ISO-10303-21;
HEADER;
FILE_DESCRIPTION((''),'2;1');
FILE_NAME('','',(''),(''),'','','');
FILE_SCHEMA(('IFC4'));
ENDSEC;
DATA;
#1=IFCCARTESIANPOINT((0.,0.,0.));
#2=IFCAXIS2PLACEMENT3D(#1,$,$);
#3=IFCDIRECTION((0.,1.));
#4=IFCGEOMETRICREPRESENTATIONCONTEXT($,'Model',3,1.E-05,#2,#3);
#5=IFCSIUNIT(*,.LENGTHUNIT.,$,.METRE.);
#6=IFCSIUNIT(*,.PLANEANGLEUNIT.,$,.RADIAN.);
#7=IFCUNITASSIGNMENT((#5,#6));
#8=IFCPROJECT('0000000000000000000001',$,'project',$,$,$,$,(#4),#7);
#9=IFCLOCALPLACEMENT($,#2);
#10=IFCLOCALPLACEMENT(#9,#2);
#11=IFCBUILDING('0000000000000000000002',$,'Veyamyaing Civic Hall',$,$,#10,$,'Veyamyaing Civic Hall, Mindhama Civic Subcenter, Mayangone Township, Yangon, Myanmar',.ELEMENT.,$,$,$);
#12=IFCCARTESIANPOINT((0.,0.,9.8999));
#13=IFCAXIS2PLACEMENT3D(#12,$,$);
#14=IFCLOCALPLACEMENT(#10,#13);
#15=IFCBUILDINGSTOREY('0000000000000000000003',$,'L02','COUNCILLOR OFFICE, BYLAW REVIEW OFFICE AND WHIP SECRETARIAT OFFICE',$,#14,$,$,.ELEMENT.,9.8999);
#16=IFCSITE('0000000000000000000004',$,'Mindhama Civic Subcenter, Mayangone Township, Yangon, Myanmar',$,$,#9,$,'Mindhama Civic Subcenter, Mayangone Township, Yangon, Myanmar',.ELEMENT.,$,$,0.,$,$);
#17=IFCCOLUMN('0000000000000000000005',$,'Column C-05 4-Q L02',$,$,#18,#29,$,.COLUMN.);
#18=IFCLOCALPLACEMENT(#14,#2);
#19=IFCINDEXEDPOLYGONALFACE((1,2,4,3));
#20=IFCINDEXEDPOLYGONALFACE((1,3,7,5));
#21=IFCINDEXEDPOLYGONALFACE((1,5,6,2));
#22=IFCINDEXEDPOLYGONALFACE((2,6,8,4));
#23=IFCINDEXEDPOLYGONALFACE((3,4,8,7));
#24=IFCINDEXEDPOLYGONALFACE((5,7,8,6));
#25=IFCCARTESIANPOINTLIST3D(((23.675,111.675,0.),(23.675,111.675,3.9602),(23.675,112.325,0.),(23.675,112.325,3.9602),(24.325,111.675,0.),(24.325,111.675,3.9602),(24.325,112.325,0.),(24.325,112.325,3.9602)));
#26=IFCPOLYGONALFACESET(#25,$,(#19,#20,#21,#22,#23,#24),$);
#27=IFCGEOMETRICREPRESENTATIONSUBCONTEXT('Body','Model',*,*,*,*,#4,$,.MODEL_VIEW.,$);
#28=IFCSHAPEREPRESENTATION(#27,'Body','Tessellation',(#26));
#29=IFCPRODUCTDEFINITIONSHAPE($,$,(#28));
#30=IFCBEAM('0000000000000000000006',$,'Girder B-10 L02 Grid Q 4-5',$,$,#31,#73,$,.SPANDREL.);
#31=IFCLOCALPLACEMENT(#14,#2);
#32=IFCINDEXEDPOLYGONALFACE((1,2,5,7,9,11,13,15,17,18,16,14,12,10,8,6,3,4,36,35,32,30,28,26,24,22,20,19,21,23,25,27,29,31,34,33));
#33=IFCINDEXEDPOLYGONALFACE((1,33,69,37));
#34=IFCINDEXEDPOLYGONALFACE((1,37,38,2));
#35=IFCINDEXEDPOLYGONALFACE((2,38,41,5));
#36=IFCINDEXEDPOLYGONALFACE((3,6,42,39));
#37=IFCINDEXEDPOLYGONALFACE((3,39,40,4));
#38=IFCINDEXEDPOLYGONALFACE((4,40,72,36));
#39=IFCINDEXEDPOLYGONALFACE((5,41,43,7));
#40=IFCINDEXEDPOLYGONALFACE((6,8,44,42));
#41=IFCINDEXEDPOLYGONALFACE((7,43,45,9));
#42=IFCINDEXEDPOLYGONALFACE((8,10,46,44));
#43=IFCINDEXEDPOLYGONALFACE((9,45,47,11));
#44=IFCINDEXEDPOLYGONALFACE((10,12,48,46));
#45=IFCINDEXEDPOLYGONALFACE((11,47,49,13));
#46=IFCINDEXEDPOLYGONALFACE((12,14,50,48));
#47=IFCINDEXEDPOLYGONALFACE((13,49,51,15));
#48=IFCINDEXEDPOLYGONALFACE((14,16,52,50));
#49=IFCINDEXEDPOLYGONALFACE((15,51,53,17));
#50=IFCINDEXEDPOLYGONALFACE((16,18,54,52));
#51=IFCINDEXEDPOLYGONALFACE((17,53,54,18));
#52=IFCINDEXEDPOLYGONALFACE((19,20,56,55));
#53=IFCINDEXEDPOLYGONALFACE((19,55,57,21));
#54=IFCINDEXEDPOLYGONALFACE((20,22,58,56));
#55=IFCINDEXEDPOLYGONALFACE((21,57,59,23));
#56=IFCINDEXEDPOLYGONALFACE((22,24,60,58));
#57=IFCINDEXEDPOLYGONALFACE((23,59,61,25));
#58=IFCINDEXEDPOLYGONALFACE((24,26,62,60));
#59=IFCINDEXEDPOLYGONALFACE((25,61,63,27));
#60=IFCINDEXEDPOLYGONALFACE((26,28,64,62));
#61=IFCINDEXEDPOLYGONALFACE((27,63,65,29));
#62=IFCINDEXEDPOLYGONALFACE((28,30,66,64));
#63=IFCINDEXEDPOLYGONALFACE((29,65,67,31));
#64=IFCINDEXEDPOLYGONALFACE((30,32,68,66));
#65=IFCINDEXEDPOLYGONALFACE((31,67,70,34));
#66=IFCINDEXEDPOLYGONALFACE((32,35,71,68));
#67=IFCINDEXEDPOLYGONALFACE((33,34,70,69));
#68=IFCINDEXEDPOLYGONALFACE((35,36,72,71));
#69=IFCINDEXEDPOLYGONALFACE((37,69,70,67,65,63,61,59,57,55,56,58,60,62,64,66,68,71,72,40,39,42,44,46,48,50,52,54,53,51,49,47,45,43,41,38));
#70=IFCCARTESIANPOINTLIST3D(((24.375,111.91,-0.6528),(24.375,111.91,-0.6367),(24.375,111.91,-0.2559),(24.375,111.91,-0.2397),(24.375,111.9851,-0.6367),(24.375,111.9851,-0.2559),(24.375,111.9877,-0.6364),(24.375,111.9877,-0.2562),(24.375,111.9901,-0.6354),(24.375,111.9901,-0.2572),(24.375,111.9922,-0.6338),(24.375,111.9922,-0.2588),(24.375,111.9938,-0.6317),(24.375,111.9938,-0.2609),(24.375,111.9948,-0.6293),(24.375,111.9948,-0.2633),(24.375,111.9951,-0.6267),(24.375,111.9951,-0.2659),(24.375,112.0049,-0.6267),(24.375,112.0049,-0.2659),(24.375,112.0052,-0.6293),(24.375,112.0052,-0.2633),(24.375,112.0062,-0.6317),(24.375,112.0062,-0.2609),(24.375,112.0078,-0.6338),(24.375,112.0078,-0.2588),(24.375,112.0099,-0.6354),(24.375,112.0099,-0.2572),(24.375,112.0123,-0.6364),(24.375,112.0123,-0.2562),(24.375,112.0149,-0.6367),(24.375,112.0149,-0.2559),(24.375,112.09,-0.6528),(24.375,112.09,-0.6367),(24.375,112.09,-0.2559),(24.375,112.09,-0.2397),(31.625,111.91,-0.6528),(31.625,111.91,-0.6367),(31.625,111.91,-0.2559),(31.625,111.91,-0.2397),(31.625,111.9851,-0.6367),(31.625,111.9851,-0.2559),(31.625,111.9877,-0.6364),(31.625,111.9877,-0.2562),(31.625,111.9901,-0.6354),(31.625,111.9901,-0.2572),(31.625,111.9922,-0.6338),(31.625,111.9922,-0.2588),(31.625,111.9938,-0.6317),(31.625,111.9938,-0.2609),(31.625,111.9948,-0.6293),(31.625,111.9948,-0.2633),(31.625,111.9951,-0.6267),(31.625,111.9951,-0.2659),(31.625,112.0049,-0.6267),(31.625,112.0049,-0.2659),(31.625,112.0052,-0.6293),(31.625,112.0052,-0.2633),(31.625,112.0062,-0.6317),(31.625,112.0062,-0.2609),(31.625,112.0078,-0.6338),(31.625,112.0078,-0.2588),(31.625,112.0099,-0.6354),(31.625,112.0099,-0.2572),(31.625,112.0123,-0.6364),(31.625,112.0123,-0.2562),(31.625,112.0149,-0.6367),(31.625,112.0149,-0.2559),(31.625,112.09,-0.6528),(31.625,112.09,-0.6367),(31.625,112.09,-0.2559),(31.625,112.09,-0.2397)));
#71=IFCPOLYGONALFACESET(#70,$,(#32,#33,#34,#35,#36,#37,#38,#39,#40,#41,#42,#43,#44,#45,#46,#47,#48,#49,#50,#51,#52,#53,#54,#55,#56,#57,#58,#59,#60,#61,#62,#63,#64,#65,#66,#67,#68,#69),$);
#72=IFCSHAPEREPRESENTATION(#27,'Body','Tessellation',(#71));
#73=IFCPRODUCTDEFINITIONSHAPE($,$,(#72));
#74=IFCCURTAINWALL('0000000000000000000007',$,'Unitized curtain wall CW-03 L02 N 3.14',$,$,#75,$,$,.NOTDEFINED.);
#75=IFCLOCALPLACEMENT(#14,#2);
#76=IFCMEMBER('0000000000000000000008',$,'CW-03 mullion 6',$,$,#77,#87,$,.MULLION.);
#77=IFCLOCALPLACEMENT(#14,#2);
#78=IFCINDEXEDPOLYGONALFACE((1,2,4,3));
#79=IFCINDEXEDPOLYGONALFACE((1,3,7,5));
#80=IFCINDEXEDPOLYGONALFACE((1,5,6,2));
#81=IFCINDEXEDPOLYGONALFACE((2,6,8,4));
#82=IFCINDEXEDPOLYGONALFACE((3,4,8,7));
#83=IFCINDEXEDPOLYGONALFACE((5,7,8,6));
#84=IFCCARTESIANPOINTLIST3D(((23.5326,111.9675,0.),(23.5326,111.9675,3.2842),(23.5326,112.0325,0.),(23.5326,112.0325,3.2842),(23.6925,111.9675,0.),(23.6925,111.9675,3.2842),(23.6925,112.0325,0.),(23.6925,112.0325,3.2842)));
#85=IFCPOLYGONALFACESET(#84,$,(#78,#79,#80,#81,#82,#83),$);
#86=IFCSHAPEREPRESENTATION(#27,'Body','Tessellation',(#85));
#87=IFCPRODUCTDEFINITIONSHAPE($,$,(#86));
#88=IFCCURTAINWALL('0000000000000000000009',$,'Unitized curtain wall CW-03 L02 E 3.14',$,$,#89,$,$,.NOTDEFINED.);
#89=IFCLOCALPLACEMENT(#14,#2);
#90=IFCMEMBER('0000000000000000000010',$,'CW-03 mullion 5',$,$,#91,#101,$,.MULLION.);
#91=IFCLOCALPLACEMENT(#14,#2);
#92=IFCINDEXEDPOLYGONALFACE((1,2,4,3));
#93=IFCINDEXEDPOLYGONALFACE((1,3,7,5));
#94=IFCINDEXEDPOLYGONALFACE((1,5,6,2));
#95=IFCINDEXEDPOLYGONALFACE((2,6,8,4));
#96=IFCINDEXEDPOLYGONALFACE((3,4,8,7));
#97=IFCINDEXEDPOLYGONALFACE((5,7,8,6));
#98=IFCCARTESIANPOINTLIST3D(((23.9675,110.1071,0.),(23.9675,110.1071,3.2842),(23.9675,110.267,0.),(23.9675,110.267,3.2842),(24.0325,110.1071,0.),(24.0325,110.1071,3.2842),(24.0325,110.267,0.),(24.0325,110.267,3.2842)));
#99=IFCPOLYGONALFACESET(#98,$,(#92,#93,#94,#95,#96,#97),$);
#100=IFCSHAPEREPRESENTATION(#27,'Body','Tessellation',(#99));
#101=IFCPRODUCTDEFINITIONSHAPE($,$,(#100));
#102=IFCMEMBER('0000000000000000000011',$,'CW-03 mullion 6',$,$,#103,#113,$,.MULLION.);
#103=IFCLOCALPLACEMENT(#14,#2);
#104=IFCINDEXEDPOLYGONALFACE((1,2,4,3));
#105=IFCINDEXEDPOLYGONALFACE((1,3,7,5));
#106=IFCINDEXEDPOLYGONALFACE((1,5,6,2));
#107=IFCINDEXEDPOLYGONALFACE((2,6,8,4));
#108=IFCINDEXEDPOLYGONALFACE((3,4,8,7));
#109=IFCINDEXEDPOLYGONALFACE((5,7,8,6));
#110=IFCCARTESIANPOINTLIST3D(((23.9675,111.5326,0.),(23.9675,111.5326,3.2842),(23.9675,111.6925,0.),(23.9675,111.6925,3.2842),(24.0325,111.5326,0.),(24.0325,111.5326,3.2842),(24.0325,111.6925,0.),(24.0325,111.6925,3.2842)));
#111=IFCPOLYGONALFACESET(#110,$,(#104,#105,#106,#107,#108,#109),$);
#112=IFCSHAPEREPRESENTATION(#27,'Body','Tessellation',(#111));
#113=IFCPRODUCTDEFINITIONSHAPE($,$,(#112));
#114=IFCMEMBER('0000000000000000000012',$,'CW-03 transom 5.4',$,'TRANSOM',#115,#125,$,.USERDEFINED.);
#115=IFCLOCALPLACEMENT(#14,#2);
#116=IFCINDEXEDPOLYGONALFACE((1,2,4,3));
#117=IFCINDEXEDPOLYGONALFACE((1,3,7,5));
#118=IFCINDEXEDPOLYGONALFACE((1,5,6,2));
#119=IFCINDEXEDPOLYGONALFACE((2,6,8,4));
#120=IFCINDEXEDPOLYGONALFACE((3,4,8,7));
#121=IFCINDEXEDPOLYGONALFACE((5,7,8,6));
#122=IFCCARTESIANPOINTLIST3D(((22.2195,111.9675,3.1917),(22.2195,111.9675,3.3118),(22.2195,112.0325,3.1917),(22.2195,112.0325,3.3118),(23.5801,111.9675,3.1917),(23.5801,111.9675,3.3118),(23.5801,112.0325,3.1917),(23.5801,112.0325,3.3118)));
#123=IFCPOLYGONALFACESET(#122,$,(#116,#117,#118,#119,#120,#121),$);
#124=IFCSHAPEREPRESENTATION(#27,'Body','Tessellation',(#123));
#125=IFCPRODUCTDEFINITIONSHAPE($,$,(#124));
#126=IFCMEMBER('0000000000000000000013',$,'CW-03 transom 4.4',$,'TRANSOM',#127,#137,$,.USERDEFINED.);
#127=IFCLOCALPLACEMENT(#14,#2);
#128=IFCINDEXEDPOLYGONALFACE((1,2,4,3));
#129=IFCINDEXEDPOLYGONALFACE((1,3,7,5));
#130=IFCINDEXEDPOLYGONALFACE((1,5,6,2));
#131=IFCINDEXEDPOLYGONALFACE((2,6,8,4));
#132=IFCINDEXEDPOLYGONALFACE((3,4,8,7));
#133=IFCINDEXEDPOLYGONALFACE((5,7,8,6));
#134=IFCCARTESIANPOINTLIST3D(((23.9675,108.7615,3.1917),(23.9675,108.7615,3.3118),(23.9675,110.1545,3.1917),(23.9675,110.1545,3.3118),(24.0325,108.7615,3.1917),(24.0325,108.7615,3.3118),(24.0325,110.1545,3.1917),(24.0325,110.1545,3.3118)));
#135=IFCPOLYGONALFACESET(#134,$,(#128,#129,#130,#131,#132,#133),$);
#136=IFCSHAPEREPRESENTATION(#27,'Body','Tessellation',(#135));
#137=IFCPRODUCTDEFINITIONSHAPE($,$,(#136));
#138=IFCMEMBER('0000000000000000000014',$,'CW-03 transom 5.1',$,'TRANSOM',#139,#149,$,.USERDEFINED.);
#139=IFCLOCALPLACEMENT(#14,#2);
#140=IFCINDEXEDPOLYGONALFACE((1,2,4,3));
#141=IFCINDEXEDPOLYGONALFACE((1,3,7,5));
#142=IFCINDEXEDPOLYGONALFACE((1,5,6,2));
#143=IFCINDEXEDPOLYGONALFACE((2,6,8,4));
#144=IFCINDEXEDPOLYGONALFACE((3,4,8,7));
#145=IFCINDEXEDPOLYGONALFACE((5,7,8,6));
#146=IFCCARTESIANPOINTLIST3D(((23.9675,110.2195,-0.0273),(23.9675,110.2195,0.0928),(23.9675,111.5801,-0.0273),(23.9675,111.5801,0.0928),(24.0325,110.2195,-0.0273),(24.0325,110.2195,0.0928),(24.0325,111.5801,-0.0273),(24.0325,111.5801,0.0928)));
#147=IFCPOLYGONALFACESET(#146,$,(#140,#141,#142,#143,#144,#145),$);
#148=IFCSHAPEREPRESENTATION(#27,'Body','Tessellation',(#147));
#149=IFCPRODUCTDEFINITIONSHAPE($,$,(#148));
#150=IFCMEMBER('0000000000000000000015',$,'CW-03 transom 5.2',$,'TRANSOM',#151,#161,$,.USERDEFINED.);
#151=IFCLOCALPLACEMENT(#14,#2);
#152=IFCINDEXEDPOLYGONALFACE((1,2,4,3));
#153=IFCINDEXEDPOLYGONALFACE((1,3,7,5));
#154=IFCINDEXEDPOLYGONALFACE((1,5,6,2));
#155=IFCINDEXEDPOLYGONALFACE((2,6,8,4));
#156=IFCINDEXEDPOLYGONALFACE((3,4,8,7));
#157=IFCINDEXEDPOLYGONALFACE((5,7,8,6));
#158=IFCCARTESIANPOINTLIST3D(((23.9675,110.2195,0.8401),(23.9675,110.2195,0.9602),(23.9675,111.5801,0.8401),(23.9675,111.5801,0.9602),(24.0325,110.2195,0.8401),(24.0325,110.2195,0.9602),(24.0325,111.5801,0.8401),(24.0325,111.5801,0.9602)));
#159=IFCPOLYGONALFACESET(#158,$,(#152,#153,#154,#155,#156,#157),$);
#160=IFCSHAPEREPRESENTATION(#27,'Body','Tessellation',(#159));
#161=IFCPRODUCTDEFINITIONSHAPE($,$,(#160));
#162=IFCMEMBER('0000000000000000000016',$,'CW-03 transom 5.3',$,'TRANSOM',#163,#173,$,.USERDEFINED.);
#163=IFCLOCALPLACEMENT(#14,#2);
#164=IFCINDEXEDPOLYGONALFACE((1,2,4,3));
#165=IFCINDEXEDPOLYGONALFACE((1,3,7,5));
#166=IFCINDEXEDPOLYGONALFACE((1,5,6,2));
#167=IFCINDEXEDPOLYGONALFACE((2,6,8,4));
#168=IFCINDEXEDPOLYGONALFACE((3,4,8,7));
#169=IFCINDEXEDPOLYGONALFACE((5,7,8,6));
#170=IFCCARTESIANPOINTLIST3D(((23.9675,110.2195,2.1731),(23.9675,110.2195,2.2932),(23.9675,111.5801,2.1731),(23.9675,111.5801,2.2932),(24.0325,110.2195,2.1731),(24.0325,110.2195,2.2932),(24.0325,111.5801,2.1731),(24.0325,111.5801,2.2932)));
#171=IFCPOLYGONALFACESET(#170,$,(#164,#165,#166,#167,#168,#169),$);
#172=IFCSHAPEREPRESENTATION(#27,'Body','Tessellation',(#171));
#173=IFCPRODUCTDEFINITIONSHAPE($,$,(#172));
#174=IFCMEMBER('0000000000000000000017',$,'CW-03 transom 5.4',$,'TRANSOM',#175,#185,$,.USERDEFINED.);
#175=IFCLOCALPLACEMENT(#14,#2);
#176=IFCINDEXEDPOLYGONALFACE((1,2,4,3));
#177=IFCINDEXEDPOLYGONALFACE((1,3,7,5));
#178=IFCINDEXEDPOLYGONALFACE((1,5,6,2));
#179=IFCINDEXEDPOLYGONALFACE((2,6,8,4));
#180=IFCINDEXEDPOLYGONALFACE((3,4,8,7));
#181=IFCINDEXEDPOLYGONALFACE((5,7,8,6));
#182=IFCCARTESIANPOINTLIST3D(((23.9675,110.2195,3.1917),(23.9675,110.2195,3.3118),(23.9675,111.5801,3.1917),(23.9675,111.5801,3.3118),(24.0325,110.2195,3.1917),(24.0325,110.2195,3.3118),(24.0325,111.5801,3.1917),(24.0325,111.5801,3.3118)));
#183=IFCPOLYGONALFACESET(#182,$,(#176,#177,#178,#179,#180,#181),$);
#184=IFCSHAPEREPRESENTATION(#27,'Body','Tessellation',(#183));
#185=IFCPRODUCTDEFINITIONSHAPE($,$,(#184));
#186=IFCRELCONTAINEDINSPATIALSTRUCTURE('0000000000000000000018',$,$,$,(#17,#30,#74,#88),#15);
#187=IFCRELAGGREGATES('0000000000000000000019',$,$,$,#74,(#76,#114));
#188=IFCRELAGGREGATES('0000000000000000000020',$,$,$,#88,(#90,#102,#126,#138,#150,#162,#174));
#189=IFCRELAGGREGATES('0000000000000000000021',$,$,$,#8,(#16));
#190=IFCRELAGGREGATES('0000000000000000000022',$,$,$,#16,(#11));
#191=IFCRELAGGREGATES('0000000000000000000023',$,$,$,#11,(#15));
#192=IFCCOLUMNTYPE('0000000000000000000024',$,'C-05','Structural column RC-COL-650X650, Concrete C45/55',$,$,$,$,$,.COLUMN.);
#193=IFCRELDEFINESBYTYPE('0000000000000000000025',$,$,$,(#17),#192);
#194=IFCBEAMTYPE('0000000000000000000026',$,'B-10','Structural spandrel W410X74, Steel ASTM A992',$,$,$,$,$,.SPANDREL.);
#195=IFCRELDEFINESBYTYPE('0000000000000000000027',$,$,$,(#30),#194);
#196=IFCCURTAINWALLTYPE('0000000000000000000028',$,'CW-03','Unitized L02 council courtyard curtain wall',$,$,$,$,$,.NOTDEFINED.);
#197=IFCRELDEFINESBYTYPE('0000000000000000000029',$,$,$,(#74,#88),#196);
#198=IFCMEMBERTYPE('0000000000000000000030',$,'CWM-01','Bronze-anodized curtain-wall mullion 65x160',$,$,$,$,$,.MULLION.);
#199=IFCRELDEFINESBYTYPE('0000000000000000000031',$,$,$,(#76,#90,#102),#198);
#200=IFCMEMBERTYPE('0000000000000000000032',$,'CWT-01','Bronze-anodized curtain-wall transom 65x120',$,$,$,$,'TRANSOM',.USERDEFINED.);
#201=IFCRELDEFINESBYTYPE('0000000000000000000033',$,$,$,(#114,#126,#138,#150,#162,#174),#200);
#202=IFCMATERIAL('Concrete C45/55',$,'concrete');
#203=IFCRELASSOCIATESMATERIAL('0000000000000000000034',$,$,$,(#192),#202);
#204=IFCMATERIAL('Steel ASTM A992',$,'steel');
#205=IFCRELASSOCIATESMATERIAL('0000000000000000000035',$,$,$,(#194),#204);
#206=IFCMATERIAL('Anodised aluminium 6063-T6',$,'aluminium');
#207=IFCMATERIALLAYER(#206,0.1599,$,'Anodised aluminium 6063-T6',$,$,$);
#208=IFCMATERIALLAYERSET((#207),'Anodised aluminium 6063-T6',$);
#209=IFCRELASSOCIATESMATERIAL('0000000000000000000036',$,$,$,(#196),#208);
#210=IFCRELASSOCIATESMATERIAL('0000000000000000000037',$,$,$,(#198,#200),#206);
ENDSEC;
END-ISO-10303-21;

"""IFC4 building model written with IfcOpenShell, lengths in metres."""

from ifc_helpers import new_model, si_unit, direction, frame, origin, origin_2d, place, context, subcontext, project, spatial, rectangle, i_section, extrude, material, layer, layer_set, material_profile, profile_set, type_object, element, aggregate, save


model = new_model("IFC4")

# Units and contexts
model_context = context("Model", 3, precision=1e-05, world=origin(), true_north=direction((0.0, 1.0)))
body_context = subcontext(model_context, "Body", "Model", "MODEL_VIEW")
ifc_project = project(units=[si_unit("LENGTHUNIT", "METRE"), si_unit("PLANEANGLEUNIT", "RADIAN")], contexts=[model_context])

# Site, building, storey
site_placement = place(None, origin())
site = spatial("IfcSite", under=ifc_project, at=site_placement, Name="Mindhama Civic Subcenter, Mayangone Township, Yangon, Myanmar", LongName="Mindhama Civic Subcenter, Mayangone Township, Yangon, Myanmar", CompositionType="ELEMENT", RefElevation=0.0)
building_placement = place(site_placement, origin())
building = spatial("IfcBuilding", under=site, at=building_placement, Name="Veyamyaing Civic Hall", LongName="Veyamyaing Civic Hall, Mindhama Civic Subcenter, Mayangone Township, Yangon, Myanmar", CompositionType="ELEMENT")
storey_placement = place(building_placement, frame((0.0, 0.0, 9.8999)))
storey = spatial("IfcBuildingStorey", under=building, at=storey_placement, Name="L02", Description="COUNCILLOR OFFICE, BYLAW REVIEW OFFICE AND WHIP SECRETARIAT OFFICE", CompositionType="ELEMENT", Elevation=9.8999)

# Column
ifc_material_1 = material(Name="Concrete C45/55", Category="concrete")
ifc_material_profile_1 = material_profile(ifc_material_1, rectangle(XDim=0.6499, YDim=0.6499, at=origin_2d()), Name="RC-COL-650X650")
ifc_profile_set_1 = profile_set([ifc_material_profile_1], Name="Concrete C45/55")
column_type = type_object("IfcColumnType", Name="C-05", Description="Structural column RC-COL-650X650, Concrete C45/55", PredefinedType="COLUMN", material=ifc_profile_set_1)
column_placement = place(storey_placement, frame((24.0, 112.0, 0.0), z_axis=(0.0, 0.0, 1.0), x_axis=(1.0, 0.0, 0.0)))
element("IfcColumn", 1, at=column_placement, inside=storey, type_object=column_type, Name="Column C-05 4-Q L02", PredefinedType="COLUMN", context=body_context, shape_type="SweptSolid", body=[
    extrude(rectangle(XDim=0.6499, YDim=0.6499, at=origin_2d()), origin(), (0.0, 0.0, 1.0), 3.9602),
])

# Beam
ifc_material_2 = material(Name="Steel ASTM A992", Category="steel")
ifc_material_profile_2 = material_profile(ifc_material_2, i_section(OverallWidth=0.1799, OverallDepth=0.4131, WebThickness=0.0098, FlangeThickness=0.0161, FilletRadius=0.01, at=origin_2d()), Name="W410X74")
ifc_profile_set_2 = profile_set([ifc_material_profile_2], Name="Steel ASTM A992")
beam_type_1 = type_object("IfcBeamType", Name="B-10", Description="Structural spandrel W410X74, Steel ASTM A992", PredefinedType="SPANDREL", material=ifc_profile_set_2)
beam_1_placement = place(storey_placement, frame((24.375, 112.0, -0.4463), z_axis=(1.0, 0.0, 0.0), x_axis=(0.0, 1.0, 0.0)))
element("IfcBeam", 2, at=beam_1_placement, inside=storey, type_object=beam_type_1, Name="Girder B-10 L02 Grid Q 4-5", PredefinedType="SPANDREL", context=body_context, shape_type="SweptSolid", body=[
    extrude(i_section(OverallWidth=0.1799, OverallDepth=0.4131, WebThickness=0.0098, FlangeThickness=0.0161, FilletRadius=0.01, at=origin_2d()), origin(), (0.0, 0.0, 1.0), 7.25),
])

# Curtain wall, member
ifc_material_3 = material(Name="Anodised aluminium 6063-T6", Category="aluminium")
ifc_layer_1 = layer(ifc_material_3, 0.1599, Name="Anodised aluminium 6063-T6")
ifc_layer_set_1 = layer_set([ifc_layer_1], Name="Anodised aluminium 6063-T6")
curtain_wall_type = type_object("IfcCurtainWallType", Name="CW-03", Description="Unitized L02 council courtyard curtain wall", PredefinedType="NOTDEFINED", material=ifc_layer_set_1)
curtain_wall_1_placement = place(storey_placement, origin())
curtain_wall_1 = element("IfcCurtainWall", 3, at=curtain_wall_1_placement, inside=storey, type_object=curtain_wall_type, Name="Unitized curtain wall CW-03 L02 N 3.14", PredefinedType="NOTDEFINED")
ifc_material_profile_3 = material_profile(ifc_material_3, rectangle(XDim=0.0649, YDim=0.1599, at=origin_2d()), Name="ALU-MUL-65X160")
ifc_profile_set_3 = profile_set([ifc_material_profile_3], Name="Anodised aluminium 6063-T6")
member_type_1 = type_object("IfcMemberType", Name="CWM-01", Description="Bronze-anodized curtain-wall mullion 65x160", PredefinedType="MULLION", material=ifc_profile_set_3)
member_1_placement = place(storey_placement, frame((23.6125, 112.0, 0.0), z_axis=(0.0, 0.0, 1.0), x_axis=(0.0, 1.0, 0.0)))
member_1 = element("IfcMember", 4, at=member_1_placement, type_object=member_type_1, Name="CW-03 mullion 6", PredefinedType="MULLION", context=body_context, shape_type="SweptSolid", body=[
    extrude(rectangle(XDim=0.0649, YDim=0.1599, at=origin_2d()), origin(), (0.0, 0.0, 1.0), 3.2842),
])

# Curtain wall, members
curtain_wall_2_placement = place(storey_placement, origin())
curtain_wall_2 = element("IfcCurtainWall", 5, at=curtain_wall_2_placement, inside=storey, type_object=curtain_wall_type, Name="Unitized curtain wall CW-03 L02 E 3.14", PredefinedType="NOTDEFINED")
member_2_placement = place(storey_placement, frame((24.0, 110.187, 0.0), z_axis=(0.0, 0.0, 1.0), x_axis=(-1.0, 0.0, 0.0)))
member_2 = element("IfcMember", 6, at=member_2_placement, type_object=member_type_1, Name="CW-03 mullion 5", PredefinedType="MULLION", context=body_context, shape_type="SweptSolid", body=[
    extrude(rectangle(XDim=0.0649, YDim=0.1599, at=origin_2d()), origin(), (0.0, 0.0, 1.0), 3.2842),
])
member_3_placement = place(storey_placement, frame((24.0, 111.6125, 0.0), z_axis=(0.0, 0.0, 1.0), x_axis=(-1.0, 0.0, 0.0)))
member_3 = element("IfcMember", 7, at=member_3_placement, type_object=member_type_1, Name="CW-03 mullion 6", PredefinedType="MULLION", context=body_context, shape_type="SweptSolid", body=[
    extrude(rectangle(XDim=0.0649, YDim=0.1599, at=origin_2d()), origin(), (0.0, 0.0, 1.0), 3.2842),
])

# Members
ifc_material_profile_4 = material_profile(ifc_material_3, rectangle(XDim=0.0649, YDim=0.1201, at=origin_2d()), Name="ALU-TRN-65X120")
ifc_profile_set_4 = profile_set([ifc_material_profile_4], Name="Anodised aluminium 6063-T6")
member_type_2 = type_object("IfcMemberType", Name="CWT-01", Description="Bronze-anodized curtain-wall transom 65x120", ElementType="TRANSOM", PredefinedType="USERDEFINED", material=ifc_profile_set_4)
member_4_placement = place(storey_placement, frame((22.2195, 112.0, 3.2517), z_axis=(1.0, 0.0, 0.0), x_axis=(0.0, 1.0, 0.0)))
member_4 = element("IfcMember", 8, at=member_4_placement, type_object=member_type_2, Name="CW-03 transom 5.4", ObjectType="TRANSOM", PredefinedType="USERDEFINED", context=body_context, shape_type="SweptSolid", body=[
    extrude(rectangle(XDim=0.0649, YDim=0.1201, at=origin_2d()), origin(), (0.0, 0.0, 1.0), 1.3606),
])
member_5_placement = place(storey_placement, frame((24.0, 108.7615, 3.2517), z_axis=(0.0, 1.0, 0.0), x_axis=(-1.0, 0.0, 0.0)))
member_5 = element("IfcMember", 9, at=member_5_placement, type_object=member_type_2, Name="CW-03 transom 4.4", ObjectType="TRANSOM", PredefinedType="USERDEFINED", context=body_context, shape_type="SweptSolid", body=[
    extrude(rectangle(XDim=0.0649, YDim=0.1201, at=origin_2d()), origin(), (0.0, 0.0, 1.0), 1.3931),
])
member_6_placement = place(storey_placement, frame((24.0, 110.2195, 0.0327), z_axis=(0.0, 1.0, 0.0), x_axis=(-1.0, 0.0, 0.0)))
member_6 = element("IfcMember", 10, at=member_6_placement, type_object=member_type_2, Name="CW-03 transom 5.1", ObjectType="TRANSOM", PredefinedType="USERDEFINED", context=body_context, shape_type="SweptSolid", body=[
    extrude(rectangle(XDim=0.0649, YDim=0.1201, at=origin_2d()), origin(), (0.0, 0.0, 1.0), 1.3606),
])
member_7_placement = place(storey_placement, frame((24.0, 110.2195, 0.9001), z_axis=(0.0, 1.0, 0.0), x_axis=(-1.0, 0.0, 0.0)))
member_7 = element("IfcMember", 11, at=member_7_placement, type_object=member_type_2, Name="CW-03 transom 5.2", ObjectType="TRANSOM", PredefinedType="USERDEFINED", context=body_context, shape_type="SweptSolid", body=[
    extrude(rectangle(XDim=0.0649, YDim=0.1201, at=origin_2d()), origin(), (0.0, 0.0, 1.0), 1.3606),
])
member_8_placement = place(storey_placement, frame((24.0, 110.2195, 2.2332), z_axis=(0.0, 1.0, 0.0), x_axis=(-1.0, 0.0, 0.0)))
member_8 = element("IfcMember", 12, at=member_8_placement, type_object=member_type_2, Name="CW-03 transom 5.3", ObjectType="TRANSOM", PredefinedType="USERDEFINED", context=body_context, shape_type="SweptSolid", body=[
    extrude(rectangle(XDim=0.0649, YDim=0.1201, at=origin_2d()), origin(), (0.0, 0.0, 1.0), 1.3606),
])
member_9_placement = place(storey_placement, frame((24.0, 110.2195, 3.2517), z_axis=(0.0, 1.0, 0.0), x_axis=(-1.0, 0.0, 0.0)))
member_9 = element("IfcMember", 13, at=member_9_placement, type_object=member_type_2, Name="CW-03 transom 5.4", ObjectType="TRANSOM", PredefinedType="USERDEFINED", context=body_context, shape_type="SweptSolid", body=[
    extrude(rectangle(XDim=0.0649, YDim=0.1201, at=origin_2d()), origin(), (0.0, 0.0, 1.0), 1.3606),
])

aggregate(curtain_wall_1, [member_1, member_4])
aggregate(curtain_wall_2, [member_2, member_3, member_5, member_6, member_7, member_8, member_9])

save(model, "model.ifc")
